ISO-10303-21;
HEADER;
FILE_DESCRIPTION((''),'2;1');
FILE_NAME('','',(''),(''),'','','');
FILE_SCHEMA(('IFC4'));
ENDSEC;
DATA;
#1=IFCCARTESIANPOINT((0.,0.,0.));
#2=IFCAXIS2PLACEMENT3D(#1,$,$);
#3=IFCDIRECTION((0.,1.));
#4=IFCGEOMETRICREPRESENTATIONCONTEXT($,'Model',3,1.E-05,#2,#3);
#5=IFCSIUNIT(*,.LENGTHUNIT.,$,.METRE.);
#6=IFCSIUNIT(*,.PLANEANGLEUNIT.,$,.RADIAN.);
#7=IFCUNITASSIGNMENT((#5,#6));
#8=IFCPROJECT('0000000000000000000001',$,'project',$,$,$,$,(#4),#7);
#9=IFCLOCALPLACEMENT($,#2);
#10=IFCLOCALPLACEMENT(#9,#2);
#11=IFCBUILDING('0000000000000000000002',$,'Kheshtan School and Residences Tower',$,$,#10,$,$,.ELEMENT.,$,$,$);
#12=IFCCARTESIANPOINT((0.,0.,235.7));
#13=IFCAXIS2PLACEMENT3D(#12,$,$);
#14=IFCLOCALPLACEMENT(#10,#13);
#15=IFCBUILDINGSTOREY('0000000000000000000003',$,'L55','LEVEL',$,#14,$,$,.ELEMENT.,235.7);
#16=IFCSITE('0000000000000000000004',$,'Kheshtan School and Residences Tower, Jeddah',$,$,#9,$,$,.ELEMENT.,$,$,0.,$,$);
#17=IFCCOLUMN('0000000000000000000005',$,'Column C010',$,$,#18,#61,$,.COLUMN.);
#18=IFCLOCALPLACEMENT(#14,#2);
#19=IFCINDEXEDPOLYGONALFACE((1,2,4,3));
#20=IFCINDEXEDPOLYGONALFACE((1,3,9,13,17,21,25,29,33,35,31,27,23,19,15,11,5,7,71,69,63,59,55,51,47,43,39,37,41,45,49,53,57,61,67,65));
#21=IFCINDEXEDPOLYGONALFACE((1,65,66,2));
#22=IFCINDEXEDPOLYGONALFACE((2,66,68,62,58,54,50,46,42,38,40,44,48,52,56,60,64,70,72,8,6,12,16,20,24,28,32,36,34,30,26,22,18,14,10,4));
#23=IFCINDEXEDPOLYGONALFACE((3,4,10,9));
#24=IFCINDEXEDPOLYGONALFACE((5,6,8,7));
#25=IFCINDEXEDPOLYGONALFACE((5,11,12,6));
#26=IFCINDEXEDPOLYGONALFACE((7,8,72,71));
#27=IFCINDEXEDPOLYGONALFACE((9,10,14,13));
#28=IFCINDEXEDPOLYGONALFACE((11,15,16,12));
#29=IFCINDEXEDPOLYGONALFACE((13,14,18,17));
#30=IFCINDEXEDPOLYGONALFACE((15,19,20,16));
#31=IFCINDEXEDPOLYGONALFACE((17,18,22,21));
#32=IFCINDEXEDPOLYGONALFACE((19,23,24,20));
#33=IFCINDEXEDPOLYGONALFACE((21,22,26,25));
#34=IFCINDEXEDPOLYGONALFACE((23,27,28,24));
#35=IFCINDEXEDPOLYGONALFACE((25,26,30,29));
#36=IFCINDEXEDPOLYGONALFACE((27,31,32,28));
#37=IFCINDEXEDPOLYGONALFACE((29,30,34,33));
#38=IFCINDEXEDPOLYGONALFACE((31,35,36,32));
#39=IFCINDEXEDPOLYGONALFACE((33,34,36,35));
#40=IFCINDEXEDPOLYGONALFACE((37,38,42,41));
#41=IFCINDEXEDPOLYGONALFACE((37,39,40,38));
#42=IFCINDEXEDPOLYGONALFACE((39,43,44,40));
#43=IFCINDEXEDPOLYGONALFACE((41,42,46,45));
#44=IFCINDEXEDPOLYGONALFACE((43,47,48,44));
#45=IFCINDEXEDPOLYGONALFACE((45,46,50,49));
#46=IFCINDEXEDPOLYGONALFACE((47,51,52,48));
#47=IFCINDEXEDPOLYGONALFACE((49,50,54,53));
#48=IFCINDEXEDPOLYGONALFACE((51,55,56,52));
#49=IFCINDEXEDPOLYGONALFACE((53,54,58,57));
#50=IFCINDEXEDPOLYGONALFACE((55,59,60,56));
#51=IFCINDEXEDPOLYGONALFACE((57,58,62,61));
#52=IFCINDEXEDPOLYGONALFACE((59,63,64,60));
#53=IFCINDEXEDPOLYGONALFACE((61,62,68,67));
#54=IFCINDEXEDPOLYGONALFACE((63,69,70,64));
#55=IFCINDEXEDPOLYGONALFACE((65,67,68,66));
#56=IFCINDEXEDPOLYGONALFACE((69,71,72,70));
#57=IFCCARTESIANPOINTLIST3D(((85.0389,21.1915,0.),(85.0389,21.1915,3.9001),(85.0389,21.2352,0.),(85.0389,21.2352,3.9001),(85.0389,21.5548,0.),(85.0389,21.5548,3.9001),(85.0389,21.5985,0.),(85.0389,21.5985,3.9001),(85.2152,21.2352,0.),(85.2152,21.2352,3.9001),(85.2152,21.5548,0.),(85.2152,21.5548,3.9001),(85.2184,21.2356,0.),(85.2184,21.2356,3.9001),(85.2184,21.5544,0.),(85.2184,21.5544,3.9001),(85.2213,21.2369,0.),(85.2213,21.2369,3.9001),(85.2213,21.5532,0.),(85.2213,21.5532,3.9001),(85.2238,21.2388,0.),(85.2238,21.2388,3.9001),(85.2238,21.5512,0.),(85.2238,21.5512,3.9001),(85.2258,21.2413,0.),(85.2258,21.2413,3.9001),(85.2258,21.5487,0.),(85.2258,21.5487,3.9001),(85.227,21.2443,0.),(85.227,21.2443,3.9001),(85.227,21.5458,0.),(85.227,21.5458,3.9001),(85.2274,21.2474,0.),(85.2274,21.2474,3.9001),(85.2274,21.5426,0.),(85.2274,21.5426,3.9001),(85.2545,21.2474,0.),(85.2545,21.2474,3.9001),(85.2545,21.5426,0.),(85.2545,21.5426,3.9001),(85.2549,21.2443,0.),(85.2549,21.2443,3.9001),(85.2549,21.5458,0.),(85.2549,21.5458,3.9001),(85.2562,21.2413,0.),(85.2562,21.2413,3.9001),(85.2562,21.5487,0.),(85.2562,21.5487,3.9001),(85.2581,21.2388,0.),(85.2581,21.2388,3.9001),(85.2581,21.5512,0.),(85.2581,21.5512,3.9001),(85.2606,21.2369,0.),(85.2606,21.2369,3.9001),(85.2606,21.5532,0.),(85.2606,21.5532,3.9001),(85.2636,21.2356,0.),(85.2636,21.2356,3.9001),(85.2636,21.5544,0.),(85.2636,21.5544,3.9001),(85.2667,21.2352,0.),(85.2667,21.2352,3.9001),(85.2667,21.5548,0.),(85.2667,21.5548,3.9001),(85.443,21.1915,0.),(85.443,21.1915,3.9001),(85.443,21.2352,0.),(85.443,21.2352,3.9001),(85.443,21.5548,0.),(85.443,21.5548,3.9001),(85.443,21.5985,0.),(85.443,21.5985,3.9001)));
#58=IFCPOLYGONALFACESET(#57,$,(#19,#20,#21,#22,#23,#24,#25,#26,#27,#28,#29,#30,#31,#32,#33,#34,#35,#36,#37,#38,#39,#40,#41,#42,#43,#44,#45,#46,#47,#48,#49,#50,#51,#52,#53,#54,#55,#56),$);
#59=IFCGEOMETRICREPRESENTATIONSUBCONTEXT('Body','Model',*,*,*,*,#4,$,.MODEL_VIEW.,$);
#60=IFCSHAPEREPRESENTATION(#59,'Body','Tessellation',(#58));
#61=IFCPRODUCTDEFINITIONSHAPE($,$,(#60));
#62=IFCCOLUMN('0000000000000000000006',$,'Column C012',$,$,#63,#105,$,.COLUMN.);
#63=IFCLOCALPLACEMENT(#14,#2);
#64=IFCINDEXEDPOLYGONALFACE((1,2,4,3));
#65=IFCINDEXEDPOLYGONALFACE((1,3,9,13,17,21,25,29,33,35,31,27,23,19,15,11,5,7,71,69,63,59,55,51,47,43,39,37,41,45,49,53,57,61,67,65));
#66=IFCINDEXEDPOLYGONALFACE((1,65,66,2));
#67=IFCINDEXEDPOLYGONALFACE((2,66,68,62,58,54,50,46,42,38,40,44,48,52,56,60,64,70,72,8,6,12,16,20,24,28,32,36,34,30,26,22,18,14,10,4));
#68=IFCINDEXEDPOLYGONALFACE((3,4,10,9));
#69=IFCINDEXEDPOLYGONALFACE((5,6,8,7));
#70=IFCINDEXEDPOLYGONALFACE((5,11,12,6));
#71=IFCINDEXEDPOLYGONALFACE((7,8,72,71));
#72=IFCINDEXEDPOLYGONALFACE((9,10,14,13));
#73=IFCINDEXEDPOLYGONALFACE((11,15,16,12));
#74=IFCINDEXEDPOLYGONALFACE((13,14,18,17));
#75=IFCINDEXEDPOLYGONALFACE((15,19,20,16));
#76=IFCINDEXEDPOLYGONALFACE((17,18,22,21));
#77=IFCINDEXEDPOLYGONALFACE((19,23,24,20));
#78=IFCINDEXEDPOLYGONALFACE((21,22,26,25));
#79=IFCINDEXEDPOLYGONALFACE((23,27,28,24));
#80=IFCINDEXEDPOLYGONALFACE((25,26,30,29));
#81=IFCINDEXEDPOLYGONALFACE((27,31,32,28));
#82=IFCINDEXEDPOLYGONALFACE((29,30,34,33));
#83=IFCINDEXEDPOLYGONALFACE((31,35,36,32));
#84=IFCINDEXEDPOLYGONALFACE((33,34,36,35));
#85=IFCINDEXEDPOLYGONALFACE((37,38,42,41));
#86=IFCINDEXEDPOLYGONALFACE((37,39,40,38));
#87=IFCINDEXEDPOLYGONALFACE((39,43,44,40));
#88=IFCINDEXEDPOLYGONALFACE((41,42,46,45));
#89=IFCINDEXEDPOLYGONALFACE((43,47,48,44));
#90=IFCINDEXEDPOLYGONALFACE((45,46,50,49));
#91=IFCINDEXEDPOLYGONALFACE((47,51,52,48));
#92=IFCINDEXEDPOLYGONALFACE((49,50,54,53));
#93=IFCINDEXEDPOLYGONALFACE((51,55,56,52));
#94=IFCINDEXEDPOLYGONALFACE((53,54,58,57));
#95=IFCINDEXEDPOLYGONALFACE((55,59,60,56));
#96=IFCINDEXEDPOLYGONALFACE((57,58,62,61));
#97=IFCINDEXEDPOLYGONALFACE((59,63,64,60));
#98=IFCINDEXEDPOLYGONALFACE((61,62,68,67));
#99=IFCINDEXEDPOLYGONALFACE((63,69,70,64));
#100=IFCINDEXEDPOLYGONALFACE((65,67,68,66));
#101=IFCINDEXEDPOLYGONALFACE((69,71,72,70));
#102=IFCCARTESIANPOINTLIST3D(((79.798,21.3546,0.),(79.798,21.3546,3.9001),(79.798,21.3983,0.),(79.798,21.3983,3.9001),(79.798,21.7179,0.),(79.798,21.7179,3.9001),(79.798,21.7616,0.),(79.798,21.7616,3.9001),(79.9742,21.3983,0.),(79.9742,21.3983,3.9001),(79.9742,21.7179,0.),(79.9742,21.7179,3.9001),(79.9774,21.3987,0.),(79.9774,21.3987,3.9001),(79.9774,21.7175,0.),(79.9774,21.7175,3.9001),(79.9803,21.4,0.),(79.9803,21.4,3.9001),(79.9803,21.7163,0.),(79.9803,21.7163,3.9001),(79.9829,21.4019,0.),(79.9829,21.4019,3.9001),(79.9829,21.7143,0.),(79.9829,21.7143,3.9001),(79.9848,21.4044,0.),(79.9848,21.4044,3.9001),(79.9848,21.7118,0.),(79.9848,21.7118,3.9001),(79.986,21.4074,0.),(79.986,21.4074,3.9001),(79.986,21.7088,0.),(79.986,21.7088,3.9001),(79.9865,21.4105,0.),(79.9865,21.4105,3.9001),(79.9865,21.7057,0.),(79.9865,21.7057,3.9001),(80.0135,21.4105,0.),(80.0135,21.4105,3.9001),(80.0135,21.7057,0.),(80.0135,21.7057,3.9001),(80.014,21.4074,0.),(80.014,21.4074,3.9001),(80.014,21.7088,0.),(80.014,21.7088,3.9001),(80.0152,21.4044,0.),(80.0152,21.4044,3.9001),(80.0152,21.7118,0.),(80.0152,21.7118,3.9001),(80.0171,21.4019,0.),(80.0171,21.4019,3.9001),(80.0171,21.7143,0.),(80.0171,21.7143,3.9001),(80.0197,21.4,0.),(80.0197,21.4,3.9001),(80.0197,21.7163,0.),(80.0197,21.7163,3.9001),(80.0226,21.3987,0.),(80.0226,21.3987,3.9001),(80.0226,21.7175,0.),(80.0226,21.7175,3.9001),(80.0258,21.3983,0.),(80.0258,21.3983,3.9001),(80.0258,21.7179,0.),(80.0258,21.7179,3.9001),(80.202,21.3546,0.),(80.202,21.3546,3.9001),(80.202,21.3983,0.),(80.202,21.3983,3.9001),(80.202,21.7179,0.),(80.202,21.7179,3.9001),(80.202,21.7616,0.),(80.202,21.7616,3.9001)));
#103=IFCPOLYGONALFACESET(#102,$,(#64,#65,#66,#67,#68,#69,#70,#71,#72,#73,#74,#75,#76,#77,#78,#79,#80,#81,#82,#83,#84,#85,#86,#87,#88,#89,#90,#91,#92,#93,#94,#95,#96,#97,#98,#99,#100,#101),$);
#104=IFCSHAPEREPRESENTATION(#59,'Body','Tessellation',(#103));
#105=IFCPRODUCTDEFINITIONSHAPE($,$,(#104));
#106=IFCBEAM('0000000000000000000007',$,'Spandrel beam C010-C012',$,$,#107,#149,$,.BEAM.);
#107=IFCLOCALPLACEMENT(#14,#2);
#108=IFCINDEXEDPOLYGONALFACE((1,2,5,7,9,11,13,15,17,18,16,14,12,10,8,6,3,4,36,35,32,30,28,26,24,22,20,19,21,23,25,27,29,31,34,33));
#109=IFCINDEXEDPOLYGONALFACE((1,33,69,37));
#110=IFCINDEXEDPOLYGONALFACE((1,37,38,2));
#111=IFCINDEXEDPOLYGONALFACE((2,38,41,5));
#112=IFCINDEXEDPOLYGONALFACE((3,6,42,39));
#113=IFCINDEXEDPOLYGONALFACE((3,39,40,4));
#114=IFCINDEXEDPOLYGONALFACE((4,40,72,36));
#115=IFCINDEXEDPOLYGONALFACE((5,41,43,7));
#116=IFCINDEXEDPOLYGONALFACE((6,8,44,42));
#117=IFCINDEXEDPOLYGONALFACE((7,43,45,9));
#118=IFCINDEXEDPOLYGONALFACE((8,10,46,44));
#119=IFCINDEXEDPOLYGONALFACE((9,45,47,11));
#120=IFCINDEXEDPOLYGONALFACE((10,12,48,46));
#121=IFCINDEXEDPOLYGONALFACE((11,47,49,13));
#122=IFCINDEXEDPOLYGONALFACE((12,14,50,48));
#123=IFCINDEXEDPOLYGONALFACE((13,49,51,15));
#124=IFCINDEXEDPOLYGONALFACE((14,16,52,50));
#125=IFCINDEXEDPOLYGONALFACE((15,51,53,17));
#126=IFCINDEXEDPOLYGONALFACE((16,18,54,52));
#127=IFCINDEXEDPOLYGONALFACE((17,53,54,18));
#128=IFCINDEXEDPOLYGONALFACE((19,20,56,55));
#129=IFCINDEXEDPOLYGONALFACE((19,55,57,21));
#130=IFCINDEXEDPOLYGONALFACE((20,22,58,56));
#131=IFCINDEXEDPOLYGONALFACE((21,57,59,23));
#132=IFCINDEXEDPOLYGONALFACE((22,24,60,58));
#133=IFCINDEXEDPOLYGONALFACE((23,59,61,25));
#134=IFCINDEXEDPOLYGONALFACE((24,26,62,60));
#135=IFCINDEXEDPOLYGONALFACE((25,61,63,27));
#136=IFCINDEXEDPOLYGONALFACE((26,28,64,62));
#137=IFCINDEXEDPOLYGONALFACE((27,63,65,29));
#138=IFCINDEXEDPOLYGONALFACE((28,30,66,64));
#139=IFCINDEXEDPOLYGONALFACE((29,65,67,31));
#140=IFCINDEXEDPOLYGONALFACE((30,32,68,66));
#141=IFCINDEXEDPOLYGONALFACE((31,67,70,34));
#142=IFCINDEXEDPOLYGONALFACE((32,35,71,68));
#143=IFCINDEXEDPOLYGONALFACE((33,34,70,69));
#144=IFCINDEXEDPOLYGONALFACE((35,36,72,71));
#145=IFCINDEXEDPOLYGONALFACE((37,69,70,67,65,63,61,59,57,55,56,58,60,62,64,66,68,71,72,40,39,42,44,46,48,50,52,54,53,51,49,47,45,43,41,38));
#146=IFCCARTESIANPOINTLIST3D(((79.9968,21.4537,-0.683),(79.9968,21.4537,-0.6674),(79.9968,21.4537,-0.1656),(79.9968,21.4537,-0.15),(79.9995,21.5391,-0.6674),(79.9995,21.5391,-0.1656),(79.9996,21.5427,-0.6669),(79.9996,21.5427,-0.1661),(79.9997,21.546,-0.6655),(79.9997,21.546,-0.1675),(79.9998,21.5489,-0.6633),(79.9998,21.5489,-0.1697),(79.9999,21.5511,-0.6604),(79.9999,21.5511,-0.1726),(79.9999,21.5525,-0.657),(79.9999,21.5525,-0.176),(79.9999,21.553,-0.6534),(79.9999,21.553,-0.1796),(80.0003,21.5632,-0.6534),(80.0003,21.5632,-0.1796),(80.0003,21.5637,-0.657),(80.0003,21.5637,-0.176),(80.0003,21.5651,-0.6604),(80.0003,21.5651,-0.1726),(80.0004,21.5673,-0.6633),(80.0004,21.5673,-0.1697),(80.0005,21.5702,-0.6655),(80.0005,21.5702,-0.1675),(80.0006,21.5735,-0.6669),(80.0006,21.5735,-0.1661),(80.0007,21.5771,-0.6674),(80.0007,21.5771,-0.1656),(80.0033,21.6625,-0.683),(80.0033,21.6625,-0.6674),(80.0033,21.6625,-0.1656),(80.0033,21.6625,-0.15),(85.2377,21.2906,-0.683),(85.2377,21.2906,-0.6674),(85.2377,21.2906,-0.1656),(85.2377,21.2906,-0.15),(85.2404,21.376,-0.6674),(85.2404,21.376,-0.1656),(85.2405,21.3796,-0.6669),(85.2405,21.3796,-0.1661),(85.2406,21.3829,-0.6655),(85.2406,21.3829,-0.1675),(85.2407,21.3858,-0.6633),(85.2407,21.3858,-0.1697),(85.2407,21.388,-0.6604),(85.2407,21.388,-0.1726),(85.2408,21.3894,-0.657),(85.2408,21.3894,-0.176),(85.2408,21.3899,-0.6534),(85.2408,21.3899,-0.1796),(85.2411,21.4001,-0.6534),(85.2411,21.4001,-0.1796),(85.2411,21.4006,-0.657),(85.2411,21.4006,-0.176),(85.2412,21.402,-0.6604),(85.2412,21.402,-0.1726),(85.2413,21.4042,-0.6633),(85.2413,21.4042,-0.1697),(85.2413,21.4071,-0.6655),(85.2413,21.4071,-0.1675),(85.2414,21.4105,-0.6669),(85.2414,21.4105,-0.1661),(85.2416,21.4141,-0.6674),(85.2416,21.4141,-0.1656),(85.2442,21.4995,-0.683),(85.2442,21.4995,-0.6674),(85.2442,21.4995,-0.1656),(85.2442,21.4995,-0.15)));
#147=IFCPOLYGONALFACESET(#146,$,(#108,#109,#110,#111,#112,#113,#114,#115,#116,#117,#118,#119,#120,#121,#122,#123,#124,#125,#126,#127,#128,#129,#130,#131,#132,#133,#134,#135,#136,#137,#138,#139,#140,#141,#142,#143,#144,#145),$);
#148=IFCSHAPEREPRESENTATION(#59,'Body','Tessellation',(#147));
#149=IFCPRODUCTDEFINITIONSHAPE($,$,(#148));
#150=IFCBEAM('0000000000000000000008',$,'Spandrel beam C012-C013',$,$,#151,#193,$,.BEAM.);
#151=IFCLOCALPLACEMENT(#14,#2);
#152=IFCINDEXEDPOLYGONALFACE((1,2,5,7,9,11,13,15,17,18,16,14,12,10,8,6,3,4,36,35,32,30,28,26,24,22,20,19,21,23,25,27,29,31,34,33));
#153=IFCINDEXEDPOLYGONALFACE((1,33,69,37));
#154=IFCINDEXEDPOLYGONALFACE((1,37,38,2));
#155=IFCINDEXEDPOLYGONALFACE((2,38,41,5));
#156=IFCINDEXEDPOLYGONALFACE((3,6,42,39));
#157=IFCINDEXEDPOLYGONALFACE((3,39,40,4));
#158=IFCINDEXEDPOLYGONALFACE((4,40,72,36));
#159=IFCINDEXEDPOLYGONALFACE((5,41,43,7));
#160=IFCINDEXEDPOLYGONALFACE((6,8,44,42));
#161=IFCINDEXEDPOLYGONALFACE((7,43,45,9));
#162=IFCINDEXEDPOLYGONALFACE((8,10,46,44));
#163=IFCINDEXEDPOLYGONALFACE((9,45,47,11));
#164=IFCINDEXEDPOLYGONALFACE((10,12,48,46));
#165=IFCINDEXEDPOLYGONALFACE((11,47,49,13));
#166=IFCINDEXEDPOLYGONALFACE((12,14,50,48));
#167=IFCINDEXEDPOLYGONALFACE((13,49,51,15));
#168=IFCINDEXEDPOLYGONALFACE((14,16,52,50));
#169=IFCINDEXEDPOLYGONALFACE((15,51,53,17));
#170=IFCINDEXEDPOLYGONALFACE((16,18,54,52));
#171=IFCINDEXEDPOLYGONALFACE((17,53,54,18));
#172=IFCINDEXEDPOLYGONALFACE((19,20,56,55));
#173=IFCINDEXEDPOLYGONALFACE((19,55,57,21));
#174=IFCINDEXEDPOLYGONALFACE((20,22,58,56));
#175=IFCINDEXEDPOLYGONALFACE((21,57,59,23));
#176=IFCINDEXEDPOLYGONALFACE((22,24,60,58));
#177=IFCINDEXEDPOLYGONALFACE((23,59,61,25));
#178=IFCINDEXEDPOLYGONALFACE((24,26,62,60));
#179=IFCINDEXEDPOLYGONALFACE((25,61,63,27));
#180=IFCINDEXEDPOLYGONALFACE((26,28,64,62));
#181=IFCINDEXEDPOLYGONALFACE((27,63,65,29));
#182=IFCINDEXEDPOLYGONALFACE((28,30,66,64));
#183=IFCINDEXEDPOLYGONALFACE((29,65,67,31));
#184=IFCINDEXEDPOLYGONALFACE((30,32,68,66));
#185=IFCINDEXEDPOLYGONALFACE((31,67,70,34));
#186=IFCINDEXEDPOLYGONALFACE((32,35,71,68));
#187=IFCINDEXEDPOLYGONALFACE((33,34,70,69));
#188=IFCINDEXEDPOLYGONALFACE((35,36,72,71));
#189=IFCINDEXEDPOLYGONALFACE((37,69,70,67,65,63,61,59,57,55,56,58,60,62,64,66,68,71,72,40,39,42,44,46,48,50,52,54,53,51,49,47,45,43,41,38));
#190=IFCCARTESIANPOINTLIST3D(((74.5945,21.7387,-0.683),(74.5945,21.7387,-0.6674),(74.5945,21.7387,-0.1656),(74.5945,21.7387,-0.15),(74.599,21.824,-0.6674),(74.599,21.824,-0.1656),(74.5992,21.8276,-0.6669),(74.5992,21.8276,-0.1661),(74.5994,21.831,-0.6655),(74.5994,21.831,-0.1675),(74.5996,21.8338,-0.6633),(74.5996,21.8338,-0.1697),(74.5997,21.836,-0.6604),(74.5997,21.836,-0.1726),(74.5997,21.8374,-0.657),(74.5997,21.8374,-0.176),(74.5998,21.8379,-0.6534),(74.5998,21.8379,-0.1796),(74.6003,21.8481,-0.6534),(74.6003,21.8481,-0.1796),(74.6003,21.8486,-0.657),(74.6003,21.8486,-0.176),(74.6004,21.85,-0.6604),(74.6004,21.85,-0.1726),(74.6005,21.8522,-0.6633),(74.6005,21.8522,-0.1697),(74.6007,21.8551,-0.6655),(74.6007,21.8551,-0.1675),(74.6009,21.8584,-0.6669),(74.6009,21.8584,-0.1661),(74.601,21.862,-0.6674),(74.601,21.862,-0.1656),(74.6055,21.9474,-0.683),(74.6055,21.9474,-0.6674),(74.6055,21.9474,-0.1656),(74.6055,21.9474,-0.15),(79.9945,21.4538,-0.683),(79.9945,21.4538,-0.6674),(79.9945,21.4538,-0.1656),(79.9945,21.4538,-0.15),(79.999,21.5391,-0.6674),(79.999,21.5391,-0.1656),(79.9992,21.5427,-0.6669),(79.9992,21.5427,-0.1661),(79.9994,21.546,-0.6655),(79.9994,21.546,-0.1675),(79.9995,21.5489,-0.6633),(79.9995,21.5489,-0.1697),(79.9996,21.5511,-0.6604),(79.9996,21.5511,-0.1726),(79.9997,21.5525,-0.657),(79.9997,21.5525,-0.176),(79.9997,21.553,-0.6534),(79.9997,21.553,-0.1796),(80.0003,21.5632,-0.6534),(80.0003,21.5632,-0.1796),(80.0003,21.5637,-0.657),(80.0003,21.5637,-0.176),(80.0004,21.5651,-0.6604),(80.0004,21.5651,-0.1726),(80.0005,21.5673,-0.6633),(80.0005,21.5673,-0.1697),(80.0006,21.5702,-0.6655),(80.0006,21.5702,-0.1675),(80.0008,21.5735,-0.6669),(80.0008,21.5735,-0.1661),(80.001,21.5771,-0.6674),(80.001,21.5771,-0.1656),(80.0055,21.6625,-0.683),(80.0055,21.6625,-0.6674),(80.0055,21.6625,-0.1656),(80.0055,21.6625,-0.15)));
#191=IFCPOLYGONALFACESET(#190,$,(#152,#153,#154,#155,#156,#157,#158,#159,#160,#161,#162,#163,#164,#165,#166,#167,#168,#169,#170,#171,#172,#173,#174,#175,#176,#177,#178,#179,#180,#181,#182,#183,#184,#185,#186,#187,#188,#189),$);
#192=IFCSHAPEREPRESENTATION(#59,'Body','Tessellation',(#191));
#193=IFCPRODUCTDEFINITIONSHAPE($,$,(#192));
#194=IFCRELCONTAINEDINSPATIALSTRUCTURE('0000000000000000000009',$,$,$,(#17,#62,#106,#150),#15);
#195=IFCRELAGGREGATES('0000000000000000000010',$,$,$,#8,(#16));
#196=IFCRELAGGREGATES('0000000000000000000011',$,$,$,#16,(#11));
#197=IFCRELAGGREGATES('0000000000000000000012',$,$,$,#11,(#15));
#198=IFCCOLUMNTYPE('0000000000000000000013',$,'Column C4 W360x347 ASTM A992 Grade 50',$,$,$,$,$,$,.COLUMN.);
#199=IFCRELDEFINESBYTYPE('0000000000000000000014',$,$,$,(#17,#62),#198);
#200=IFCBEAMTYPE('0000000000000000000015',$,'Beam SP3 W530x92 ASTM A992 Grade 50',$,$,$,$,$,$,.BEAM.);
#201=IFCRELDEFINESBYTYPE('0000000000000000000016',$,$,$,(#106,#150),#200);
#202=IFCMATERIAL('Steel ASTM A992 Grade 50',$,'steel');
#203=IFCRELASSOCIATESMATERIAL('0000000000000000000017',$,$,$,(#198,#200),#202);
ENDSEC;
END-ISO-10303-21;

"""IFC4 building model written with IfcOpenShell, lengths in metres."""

from ifc_helpers import new_model, si_unit, direction, frame, origin, origin_2d, place, context, subcontext, project, spatial, i_section, extrude, material, material_profile, profile_set, type_object, element, save


model = new_model("IFC4")

# Units and contexts
model_context = context("Model", 3, precision=1e-05, world=origin(), true_north=direction((0.0, 1.0)))
body_context = subcontext(model_context, "Body", "Model", "MODEL_VIEW")
ifc_project = project(units=[si_unit("LENGTHUNIT", "METRE"), si_unit("PLANEANGLEUNIT", "RADIAN")], contexts=[model_context])

# Site, building, storey
site_placement = place(None, origin())
site = spatial("IfcSite", under=ifc_project, at=site_placement, Name="Kheshtan School and Residences Tower, Jeddah", CompositionType="ELEMENT", RefElevation=0.0)
building_placement = place(site_placement, origin())
building = spatial("IfcBuilding", under=site, at=building_placement, Name="Kheshtan School and Residences Tower", CompositionType="ELEMENT")
storey_placement = place(building_placement, frame((0.0, 0.0, 235.7)))
storey = spatial("IfcBuildingStorey", under=building, at=storey_placement, Name="L55", Description="LEVEL", CompositionType="ELEMENT", Elevation=235.7)

# Columns
ifc_material_1 = material(Name="Steel ASTM A992 Grade 50", Category="steel")
ifc_material_profile_1 = material_profile(ifc_material_1, i_section(OverallWidth=0.4041, OverallDepth=0.407, WebThickness=0.0271, FlangeThickness=0.0437, FilletRadius=0.0122, at=origin_2d()), Name="W360x347")
ifc_profile_set_1 = profile_set([ifc_material_profile_1], Name="Steel ASTM A992 Grade 50")
column_type = type_object("IfcColumnType", Name="Column C4 W360x347 ASTM A992 Grade 50", PredefinedType="COLUMN", material=ifc_profile_set_1)
for number, where, z_axis, x_axis, name in (
    (1, (85.241, 21.395, 0.0), (0.0, 0.0, 1.0), (1.0, 0.0, 0.0), "Column C010"),
    (2, (80.0, 21.5581, 0.0), (0.0, 0.0, 1.0), (1.0, 0.0, 0.0), "Column C012"),
):
    element("IfcColumn", number, at=place(storey_placement, frame(where, z_axis=z_axis, x_axis=x_axis)), inside=storey, type_object=column_type, Name=name, PredefinedType="COLUMN", context=body_context, shape_type="SweptSolid", body=[
        extrude(i_section(OverallWidth=0.4041, OverallDepth=0.407, WebThickness=0.0271, FlangeThickness=0.0437, FilletRadius=0.0122, at=origin_2d()), origin(), (0.0, 0.0, 1.0), 3.9001),
    ])

# Beams
ifc_material_profile_2 = material_profile(ifc_material_1, i_section(OverallWidth=0.209, OverallDepth=0.533, WebThickness=0.0103, FlangeThickness=0.0156, FilletRadius=0.0139, at=origin_2d()), Name="W530x92")
ifc_profile_set_2 = profile_set([ifc_material_profile_2], Name="Steel ASTM A992 Grade 50")
beam_type = type_object("IfcBeamType", Name="Beam SP3 W530x92 ASTM A992 Grade 50", PredefinedType="BEAM", material=ifc_profile_set_2)
beam_1_placement = place(storey_placement, frame((85.241, 21.395, -0.4165), z_axis=(-0.999516, 0.031102, 0.0), x_axis=(-0.031102, -0.999516, 0.0)))
element("IfcBeam", 3, at=beam_1_placement, inside=storey, type_object=beam_type, Name="Spandrel beam C010-C012", PredefinedType="BEAM", context=body_context, shape_type="SweptSolid", body=[
    extrude(i_section(OverallWidth=0.209, OverallDepth=0.533, WebThickness=0.0103, FlangeThickness=0.0156, FilletRadius=0.0139, at=origin_2d()), origin(), (0.0, 0.0, 1.0), 5.2434),
])
beam_2_placement = place(storey_placement, frame((80.0, 21.5581, -0.4165), z_axis=(-0.998611, 0.052689, 0.0), x_axis=(-0.052689, -0.998611, 0.0)))
element("IfcBeam", 4, at=beam_2_placement, inside=storey, type_object=beam_type, Name="Spandrel beam C012-C013", PredefinedType="BEAM", context=body_context, shape_type="SweptSolid", body=[
    extrude(i_section(OverallWidth=0.209, OverallDepth=0.533, WebThickness=0.0103, FlangeThickness=0.0156, FilletRadius=0.0139, at=origin_2d()), origin(), (0.0, 0.0, 1.0), 5.4075),
])

save(model, "model.ifc")
